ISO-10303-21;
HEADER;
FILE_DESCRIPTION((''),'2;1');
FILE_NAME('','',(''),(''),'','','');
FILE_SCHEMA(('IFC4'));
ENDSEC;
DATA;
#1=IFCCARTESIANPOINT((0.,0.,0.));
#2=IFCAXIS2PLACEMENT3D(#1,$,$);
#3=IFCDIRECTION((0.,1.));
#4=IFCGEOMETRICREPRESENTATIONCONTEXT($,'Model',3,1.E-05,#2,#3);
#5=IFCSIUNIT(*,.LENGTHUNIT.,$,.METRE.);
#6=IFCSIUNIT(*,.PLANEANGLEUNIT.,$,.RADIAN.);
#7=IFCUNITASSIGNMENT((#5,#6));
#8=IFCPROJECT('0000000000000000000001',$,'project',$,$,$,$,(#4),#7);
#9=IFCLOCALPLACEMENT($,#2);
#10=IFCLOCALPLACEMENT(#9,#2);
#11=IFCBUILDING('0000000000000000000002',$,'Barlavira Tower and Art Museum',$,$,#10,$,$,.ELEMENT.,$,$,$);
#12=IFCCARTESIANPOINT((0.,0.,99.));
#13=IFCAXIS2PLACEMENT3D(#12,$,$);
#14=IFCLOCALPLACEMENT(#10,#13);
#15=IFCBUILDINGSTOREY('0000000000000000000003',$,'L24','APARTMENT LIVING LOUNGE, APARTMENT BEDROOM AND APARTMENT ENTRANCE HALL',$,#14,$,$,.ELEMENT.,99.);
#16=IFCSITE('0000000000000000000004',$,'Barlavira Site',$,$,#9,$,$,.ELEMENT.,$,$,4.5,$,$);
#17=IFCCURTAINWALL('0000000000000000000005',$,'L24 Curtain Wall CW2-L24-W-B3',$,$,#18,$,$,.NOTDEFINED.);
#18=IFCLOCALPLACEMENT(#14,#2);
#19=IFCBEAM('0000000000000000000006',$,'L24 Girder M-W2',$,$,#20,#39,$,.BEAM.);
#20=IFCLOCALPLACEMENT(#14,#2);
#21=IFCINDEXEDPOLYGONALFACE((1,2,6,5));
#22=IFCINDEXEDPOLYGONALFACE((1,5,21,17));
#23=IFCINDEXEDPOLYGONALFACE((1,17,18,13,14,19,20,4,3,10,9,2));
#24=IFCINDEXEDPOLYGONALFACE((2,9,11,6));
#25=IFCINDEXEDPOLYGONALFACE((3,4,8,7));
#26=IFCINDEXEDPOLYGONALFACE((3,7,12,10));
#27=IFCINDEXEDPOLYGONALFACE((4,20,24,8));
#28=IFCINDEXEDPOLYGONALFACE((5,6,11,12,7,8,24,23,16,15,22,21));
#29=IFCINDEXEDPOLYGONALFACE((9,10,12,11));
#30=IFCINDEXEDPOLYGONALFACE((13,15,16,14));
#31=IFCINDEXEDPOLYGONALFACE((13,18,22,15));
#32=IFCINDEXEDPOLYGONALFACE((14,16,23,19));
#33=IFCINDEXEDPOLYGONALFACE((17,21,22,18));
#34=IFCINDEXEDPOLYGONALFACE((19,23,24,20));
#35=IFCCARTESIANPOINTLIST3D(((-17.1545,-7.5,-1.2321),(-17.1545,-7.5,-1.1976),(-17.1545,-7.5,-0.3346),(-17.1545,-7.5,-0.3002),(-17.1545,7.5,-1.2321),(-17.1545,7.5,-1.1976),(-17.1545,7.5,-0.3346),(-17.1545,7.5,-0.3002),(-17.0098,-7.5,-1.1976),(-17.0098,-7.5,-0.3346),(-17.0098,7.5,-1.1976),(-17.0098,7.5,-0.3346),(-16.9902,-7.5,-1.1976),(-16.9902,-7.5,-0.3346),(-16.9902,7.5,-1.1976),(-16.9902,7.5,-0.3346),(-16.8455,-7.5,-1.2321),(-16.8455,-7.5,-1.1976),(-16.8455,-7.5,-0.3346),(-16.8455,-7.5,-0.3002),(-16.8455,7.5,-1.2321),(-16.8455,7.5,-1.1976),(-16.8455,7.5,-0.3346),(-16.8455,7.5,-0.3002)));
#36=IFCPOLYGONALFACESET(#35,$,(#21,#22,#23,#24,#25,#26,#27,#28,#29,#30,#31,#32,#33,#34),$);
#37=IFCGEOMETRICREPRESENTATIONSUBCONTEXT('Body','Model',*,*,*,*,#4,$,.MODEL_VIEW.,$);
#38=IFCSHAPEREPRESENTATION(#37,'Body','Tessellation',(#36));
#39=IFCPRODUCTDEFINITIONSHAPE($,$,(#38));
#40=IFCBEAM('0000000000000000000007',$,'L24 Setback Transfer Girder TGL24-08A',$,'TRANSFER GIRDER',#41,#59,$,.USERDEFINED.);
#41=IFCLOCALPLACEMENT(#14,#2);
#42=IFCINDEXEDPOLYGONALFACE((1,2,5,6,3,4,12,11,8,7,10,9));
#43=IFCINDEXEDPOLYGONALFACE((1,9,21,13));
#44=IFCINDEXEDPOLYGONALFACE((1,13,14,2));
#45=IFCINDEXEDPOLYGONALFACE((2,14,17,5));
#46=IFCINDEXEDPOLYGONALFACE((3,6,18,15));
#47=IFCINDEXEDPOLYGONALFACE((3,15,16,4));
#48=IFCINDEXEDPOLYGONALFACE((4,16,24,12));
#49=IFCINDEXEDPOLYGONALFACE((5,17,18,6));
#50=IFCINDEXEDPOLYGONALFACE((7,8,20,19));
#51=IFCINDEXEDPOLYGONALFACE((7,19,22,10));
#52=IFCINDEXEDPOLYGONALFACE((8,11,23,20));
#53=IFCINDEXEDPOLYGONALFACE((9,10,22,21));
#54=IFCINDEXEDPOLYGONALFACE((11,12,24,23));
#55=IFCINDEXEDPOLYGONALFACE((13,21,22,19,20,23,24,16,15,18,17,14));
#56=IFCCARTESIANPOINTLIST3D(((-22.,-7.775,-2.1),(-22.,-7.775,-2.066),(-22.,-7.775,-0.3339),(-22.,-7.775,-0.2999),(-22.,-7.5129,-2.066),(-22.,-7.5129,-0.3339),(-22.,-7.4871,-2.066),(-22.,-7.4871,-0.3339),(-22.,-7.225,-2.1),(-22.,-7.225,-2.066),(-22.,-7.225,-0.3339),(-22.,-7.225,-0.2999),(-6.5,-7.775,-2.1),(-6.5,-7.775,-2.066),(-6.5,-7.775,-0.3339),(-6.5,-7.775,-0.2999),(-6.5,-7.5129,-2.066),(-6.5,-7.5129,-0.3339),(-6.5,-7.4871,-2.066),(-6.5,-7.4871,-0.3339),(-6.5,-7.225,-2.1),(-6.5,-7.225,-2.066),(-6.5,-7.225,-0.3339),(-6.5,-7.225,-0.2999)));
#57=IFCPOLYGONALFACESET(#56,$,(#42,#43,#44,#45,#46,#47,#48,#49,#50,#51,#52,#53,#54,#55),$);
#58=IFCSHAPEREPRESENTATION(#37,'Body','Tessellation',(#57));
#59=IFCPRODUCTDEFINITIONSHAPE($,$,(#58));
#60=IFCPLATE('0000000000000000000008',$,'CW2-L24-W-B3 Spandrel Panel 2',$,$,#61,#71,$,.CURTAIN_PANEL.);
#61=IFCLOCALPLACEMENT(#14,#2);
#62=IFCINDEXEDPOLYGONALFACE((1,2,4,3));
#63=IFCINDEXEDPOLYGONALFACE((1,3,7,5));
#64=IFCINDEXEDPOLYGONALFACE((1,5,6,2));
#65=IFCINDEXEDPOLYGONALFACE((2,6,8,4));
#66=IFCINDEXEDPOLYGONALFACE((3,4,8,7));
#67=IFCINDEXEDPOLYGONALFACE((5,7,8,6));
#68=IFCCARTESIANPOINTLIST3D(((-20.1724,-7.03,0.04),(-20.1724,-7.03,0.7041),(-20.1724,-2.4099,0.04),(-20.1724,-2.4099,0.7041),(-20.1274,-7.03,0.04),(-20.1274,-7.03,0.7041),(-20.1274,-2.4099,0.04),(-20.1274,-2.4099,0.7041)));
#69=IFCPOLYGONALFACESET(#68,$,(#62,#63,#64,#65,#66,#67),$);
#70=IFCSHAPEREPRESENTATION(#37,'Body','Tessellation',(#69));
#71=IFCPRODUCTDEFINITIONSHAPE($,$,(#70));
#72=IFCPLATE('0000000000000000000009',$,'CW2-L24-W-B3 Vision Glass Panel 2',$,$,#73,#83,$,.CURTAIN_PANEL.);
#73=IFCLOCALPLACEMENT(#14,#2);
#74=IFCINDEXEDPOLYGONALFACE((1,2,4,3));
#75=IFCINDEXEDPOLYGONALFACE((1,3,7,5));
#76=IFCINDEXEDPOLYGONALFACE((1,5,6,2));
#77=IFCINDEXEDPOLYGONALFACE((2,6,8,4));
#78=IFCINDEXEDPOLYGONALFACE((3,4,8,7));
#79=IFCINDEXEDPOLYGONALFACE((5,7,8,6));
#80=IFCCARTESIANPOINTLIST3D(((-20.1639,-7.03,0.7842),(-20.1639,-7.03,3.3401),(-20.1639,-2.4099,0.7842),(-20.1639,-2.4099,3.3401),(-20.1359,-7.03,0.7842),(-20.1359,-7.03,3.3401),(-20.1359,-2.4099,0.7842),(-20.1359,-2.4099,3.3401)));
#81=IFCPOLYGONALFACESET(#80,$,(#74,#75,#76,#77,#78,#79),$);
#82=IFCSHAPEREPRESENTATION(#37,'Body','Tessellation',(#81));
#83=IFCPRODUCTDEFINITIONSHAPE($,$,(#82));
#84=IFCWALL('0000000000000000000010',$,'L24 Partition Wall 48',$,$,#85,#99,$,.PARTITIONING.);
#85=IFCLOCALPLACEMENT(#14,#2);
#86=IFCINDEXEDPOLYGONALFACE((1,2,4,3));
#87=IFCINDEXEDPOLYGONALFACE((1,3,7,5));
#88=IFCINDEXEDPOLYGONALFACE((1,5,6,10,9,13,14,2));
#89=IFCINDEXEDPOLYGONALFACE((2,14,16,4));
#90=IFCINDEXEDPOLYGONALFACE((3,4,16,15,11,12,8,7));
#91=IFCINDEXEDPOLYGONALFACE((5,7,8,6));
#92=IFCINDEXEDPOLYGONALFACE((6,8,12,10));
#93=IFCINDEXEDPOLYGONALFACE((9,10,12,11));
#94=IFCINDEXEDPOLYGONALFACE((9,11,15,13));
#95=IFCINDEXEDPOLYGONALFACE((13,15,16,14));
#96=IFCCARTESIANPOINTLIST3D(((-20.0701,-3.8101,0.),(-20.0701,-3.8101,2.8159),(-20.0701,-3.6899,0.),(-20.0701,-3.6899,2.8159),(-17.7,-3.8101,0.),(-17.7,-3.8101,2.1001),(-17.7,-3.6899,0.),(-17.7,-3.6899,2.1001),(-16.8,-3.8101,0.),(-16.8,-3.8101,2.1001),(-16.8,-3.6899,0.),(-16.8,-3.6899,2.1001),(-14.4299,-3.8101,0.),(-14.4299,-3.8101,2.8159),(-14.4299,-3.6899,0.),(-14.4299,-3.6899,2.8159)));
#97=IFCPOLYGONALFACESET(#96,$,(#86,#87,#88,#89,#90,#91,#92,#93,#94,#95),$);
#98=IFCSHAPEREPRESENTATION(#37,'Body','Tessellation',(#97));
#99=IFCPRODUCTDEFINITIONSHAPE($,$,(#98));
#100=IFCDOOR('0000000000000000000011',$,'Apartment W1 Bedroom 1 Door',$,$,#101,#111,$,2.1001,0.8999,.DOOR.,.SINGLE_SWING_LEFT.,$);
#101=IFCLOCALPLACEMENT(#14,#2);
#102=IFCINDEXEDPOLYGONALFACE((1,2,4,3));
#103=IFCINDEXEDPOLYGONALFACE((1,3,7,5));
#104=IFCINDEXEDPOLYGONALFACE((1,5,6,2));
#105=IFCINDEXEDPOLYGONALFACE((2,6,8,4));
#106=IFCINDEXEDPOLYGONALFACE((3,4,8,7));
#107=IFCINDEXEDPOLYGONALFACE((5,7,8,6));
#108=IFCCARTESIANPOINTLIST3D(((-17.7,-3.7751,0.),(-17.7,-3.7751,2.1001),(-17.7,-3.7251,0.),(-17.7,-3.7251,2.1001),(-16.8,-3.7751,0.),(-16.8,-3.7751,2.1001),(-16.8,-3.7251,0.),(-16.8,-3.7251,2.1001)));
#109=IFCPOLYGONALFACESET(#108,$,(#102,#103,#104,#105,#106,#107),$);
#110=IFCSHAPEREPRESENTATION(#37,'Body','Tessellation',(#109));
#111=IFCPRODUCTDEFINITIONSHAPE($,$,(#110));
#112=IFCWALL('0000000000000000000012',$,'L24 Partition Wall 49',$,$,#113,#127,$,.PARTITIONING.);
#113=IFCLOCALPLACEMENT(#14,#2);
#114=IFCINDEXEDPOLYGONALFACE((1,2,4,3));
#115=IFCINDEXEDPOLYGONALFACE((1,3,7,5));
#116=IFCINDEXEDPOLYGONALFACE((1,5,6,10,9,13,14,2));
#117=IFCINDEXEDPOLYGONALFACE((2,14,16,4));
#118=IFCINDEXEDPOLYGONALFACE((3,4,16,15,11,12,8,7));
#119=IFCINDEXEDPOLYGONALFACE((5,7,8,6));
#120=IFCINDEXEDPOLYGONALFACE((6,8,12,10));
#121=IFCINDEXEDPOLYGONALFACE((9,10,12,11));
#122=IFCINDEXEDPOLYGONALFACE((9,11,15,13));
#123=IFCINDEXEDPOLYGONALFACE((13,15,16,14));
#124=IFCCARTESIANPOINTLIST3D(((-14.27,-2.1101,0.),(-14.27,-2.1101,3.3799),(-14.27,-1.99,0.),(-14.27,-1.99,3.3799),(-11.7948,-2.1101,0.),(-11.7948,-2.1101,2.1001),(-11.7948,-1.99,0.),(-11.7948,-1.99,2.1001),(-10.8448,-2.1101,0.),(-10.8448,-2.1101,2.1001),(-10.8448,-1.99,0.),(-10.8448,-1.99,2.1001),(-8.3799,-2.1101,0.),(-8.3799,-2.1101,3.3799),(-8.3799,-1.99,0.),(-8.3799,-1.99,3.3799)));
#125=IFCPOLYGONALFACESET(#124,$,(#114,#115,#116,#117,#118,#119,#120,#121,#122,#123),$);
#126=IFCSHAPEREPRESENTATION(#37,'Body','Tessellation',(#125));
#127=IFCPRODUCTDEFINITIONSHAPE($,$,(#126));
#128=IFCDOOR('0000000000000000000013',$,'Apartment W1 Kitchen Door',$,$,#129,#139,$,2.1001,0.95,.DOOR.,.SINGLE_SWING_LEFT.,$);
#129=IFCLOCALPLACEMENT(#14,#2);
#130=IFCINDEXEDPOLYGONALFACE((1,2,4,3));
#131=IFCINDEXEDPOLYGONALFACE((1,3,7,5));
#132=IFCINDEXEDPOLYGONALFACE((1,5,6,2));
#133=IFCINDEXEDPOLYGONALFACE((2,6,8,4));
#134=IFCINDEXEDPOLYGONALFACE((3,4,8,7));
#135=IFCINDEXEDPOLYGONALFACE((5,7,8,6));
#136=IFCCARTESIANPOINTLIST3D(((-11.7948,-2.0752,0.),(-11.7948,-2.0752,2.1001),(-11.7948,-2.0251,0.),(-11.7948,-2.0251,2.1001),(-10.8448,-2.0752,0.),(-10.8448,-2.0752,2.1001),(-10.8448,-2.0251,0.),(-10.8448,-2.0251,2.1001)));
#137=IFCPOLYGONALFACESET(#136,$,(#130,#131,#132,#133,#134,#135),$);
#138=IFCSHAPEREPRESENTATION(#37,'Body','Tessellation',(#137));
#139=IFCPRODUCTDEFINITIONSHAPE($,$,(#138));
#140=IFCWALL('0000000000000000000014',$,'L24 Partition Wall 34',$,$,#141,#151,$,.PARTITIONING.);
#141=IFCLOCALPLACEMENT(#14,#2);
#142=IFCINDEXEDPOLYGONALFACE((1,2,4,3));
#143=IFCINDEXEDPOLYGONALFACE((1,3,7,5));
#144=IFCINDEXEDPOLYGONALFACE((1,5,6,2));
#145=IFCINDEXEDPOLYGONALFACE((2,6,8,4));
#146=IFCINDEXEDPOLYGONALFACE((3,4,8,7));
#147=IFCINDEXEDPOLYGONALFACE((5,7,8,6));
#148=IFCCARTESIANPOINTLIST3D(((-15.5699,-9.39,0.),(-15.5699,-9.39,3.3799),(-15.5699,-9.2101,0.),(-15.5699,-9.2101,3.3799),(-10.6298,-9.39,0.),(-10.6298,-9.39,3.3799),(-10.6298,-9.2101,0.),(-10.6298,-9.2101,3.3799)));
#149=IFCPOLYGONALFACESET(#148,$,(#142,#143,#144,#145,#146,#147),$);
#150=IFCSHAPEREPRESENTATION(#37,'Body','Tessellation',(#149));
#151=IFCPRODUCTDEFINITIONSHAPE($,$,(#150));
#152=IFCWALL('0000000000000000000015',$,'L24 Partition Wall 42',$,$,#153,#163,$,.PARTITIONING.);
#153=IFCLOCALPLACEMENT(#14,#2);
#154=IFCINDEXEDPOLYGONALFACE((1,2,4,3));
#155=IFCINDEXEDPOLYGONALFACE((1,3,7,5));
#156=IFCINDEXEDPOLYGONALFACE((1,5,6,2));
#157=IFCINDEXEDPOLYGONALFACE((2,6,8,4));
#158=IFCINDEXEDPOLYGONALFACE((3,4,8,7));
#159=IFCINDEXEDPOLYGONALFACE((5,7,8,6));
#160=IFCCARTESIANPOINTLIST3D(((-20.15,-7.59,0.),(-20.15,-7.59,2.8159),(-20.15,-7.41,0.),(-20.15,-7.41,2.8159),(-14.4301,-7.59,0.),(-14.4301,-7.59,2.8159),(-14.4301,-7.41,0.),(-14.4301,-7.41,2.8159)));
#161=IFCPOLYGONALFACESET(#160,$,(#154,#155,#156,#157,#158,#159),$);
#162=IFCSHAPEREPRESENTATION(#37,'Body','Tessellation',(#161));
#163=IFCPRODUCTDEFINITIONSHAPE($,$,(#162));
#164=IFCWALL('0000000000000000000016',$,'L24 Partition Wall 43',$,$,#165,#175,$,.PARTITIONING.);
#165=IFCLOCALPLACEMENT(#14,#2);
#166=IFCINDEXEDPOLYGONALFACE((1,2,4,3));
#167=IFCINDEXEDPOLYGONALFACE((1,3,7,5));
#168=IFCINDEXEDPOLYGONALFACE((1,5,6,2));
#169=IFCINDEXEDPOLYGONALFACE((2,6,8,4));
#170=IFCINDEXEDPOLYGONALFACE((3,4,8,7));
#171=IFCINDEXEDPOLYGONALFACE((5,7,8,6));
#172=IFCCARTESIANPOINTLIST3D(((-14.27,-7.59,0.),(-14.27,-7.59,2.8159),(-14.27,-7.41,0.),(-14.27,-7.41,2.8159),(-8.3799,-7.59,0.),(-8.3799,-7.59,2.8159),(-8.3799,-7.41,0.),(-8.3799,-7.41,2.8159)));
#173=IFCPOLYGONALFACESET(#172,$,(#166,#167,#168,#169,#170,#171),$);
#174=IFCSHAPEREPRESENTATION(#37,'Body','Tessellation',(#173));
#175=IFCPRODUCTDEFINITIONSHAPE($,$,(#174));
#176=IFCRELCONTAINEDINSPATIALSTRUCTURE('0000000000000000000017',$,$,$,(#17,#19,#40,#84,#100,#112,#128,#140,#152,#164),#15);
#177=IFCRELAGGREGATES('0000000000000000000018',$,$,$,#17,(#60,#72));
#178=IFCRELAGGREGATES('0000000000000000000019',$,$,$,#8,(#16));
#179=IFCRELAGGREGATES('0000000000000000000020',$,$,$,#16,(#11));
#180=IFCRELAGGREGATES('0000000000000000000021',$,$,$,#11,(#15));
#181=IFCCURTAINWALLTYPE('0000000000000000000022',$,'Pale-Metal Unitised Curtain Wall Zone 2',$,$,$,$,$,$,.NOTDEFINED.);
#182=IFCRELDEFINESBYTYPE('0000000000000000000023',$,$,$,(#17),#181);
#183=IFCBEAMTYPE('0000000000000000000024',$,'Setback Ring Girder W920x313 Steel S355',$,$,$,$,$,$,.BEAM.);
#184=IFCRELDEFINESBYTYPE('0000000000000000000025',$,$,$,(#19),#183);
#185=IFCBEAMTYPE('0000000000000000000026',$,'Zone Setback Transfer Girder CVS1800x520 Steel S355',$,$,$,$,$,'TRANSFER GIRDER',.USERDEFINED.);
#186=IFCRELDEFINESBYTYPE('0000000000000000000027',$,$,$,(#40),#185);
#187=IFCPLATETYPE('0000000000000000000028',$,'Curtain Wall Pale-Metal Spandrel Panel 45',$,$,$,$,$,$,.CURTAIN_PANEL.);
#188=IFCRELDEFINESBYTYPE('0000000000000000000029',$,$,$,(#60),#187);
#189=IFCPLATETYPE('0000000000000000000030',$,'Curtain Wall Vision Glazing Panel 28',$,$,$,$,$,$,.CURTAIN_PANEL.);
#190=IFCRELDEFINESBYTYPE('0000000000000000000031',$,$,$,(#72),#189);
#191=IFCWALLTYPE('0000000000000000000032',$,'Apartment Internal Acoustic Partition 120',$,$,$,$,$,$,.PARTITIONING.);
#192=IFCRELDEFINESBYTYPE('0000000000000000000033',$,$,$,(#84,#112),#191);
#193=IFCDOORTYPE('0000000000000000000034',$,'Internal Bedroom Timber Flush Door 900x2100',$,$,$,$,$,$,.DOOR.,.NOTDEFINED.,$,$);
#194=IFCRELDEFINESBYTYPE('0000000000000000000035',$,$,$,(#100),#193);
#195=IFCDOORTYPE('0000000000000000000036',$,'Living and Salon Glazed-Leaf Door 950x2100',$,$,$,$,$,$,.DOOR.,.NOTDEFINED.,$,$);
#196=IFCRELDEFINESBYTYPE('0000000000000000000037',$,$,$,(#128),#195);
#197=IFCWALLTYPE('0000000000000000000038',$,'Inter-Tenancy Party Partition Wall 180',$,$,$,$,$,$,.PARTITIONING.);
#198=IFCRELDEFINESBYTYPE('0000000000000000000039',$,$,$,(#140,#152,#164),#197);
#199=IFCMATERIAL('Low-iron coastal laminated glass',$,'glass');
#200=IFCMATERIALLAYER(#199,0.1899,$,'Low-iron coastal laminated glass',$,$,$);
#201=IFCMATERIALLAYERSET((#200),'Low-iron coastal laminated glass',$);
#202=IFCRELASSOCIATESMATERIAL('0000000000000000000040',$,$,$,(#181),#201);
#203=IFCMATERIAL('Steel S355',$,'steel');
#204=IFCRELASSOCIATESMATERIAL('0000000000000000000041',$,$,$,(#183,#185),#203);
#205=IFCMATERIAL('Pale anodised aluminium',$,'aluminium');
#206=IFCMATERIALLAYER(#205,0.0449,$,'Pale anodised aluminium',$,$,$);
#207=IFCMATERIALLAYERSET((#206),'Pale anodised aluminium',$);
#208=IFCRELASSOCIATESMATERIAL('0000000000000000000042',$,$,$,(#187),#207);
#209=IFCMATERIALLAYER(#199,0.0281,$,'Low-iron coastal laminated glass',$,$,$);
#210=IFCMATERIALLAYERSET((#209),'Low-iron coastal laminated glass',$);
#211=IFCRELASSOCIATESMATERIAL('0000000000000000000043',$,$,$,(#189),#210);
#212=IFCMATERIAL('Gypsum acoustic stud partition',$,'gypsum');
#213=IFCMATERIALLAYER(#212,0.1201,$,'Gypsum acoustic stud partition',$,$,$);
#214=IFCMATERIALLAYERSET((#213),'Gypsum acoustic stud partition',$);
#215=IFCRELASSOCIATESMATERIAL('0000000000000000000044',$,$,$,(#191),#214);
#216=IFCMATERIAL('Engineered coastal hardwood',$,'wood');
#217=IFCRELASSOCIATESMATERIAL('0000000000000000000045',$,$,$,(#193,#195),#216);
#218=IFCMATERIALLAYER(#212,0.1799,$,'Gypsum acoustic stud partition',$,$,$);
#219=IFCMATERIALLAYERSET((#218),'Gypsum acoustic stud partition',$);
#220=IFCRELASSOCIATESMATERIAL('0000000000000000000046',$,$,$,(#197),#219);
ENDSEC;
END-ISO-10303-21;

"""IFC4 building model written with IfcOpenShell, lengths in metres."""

from ifc_helpers import new_model, si_unit, direction, frame, frame_2d, origin, origin_2d, place, context, subcontext, project, spatial, rectangle, i_section, extrude, material, layer, layer_set, material_profile, profile_set, type_object, element, fill, aggregate, save


model = new_model("IFC4")

# Units and contexts
model_context = context("Model", 3, precision=1e-05, world=origin(), true_north=direction((0.0, 1.0)))
body_context = subcontext(model_context, "Body", "Model", "MODEL_VIEW")
ifc_project = project(units=[si_unit("LENGTHUNIT", "METRE"), si_unit("PLANEANGLEUNIT", "RADIAN")], contexts=[model_context])

# Site, building, storey
site_placement = place(None, origin())
site = spatial("IfcSite", under=ifc_project, at=site_placement, Name="Barlavira Site", CompositionType="ELEMENT", RefElevation=4.5)
building_placement = place(site_placement, origin())
building = spatial("IfcBuilding", under=site, at=building_placement, Name="Barlavira Tower and Art Museum", CompositionType="ELEMENT")
storey_placement = place(building_placement, frame((0.0, 0.0, 99.0)))
storey = spatial("IfcBuildingStorey", under=building, at=storey_placement, Name="L24", Description="APARTMENT LIVING LOUNGE, APARTMENT BEDROOM AND APARTMENT ENTRANCE HALL", CompositionType="ELEMENT", Elevation=99.0)

# Curtain wall
ifc_material_1 = material(Name="Low-iron coastal laminated glass", Category="glass")
ifc_layer_1 = layer(ifc_material_1, 0.1899, Name="Low-iron coastal laminated glass")
ifc_layer_set_1 = layer_set([ifc_layer_1], Name="Low-iron coastal laminated glass")
curtain_wall_type = type_object("IfcCurtainWallType", Name="Pale-Metal Unitised Curtain Wall Zone 2", PredefinedType="NOTDEFINED", material=ifc_layer_set_1)
curtain_wall_placement = place(storey_placement, origin())
curtain_wall = element("IfcCurtainWall", 1, at=curtain_wall_placement, inside=storey, type_object=curtain_wall_type, Name="L24 Curtain Wall CW2-L24-W-B3", PredefinedType="NOTDEFINED")
ifc_material_2 = material(Name="Pale anodised aluminium", Category="aluminium")

# Beams
ifc_material_3 = material(Name="Steel S355", Category="steel")
ifc_material_profile_1 = material_profile(ifc_material_3, i_section(OverallWidth=0.3091, OverallDepth=0.9319, WebThickness=0.0195, FlangeThickness=0.0344, at=origin_2d()), Name="W920x313.0")
ifc_profile_set_1 = profile_set([ifc_material_profile_1], Name="Steel S355")
beam_type_1 = type_object("IfcBeamType", Name="Setback Ring Girder W920x313 Steel S355", PredefinedType="BEAM", material=ifc_profile_set_1)
beam_1_placement = place(storey_placement, frame((-17.0, -7.5, -0.7661), z_axis=(0.0, 1.0, 0.0), x_axis=(-1.0, 0.0, 0.0)))
element("IfcBeam", 2, at=beam_1_placement, inside=storey, type_object=beam_type_1, Name="L24 Girder M-W2", PredefinedType="BEAM", context=body_context, shape_type="SweptSolid", body=[
    extrude(i_section(OverallWidth=0.3091, OverallDepth=0.9319, WebThickness=0.0195, FlangeThickness=0.0344, at=origin_2d()), origin(), (0.0, 0.0, 1.0), 15.0),
])
ifc_material_profile_2 = material_profile(ifc_material_3, i_section(OverallWidth=0.55, OverallDepth=1.8, WebThickness=0.0259, FlangeThickness=0.0339, at=origin_2d()), Name="CVS1800x520")
ifc_profile_set_2 = profile_set([ifc_material_profile_2], Name="Steel S355")
beam_type_2 = type_object("IfcBeamType", Name="Zone Setback Transfer Girder CVS1800x520 Steel S355", ElementType="TRANSFER GIRDER", PredefinedType="USERDEFINED", material=ifc_profile_set_2)
beam_2_placement = place(storey_placement, frame((-22.0, -7.5, -1.2), z_axis=(1.0, 0.0, 0.0), x_axis=(0.0, 1.0, 0.0)))
element("IfcBeam", 3, at=beam_2_placement, inside=storey, type_object=beam_type_2, Name="L24 Setback Transfer Girder TGL24-08A", ObjectType="TRANSFER GIRDER", PredefinedType="USERDEFINED", context=body_context, shape_type="SweptSolid", body=[
    extrude(i_section(OverallWidth=0.55, OverallDepth=1.8, WebThickness=0.0259, FlangeThickness=0.0339, at=origin_2d()), origin(), (0.0, 0.0, 1.0), 15.5),
])

# Plates
ifc_layer_2 = layer(ifc_material_2, 0.0449, Name="Pale anodised aluminium")
ifc_layer_set_2 = layer_set([ifc_layer_2], Name="Pale anodised aluminium")
plate_type_1 = type_object("IfcPlateType", Name="Curtain Wall Pale-Metal Spandrel Panel 45", PredefinedType="CURTAIN_PANEL", material=ifc_layer_set_2)
plate_1_placement = place(storey_placement, frame((-20.1499, -4.72, 0.04), z_axis=(0.0, 0.0, 1.0), x_axis=(0.0, -1.0, 0.0)))
plate_1 = element("IfcPlate", 4, at=plate_1_placement, type_object=plate_type_1, Name="CW2-L24-W-B3 Spandrel Panel 2", PredefinedType="CURTAIN_PANEL", context=body_context, shape_type="SweptSolid", body=[
    extrude(rectangle(XDim=4.6201, YDim=0.0449, at=origin_2d()), origin(), (0.0, 0.0, 1.0), 0.6641),
])
ifc_layer_3 = layer(ifc_material_1, 0.0281, Name="Low-iron coastal laminated glass")
ifc_layer_set_3 = layer_set([ifc_layer_3], Name="Low-iron coastal laminated glass")
plate_type_2 = type_object("IfcPlateType", Name="Curtain Wall Vision Glazing Panel 28", PredefinedType="CURTAIN_PANEL", material=ifc_layer_set_3)
plate_2_placement = place(storey_placement, frame((-20.1499, -4.72, 0.7842), z_axis=(0.0, 0.0, 1.0), x_axis=(0.0, -1.0, 0.0)))
plate_2 = element("IfcPlate", 5, at=plate_2_placement, type_object=plate_type_2, Name="CW2-L24-W-B3 Vision Glass Panel 2", PredefinedType="CURTAIN_PANEL", context=body_context, shape_type="SweptSolid", body=[
    extrude(rectangle(XDim=4.6201, YDim=0.0281, at=origin_2d()), origin(), (0.0, 0.0, 1.0), 2.5559),
])
aggregate(curtain_wall, [plate_1, plate_2])

# Walls, openings, doors
ifc_material_4 = material(Name="Gypsum acoustic stud partition", Category="gypsum")
ifc_layer_4 = layer(ifc_material_4, 0.1201, Name="Gypsum acoustic stud partition")
ifc_layer_set_4 = layer_set([ifc_layer_4], Name="Gypsum acoustic stud partition")
wall_type_1 = type_object("IfcWallType", Name="Apartment Internal Acoustic Partition 120", PredefinedType="PARTITIONING", material=ifc_layer_set_4)
wall_1_placement = place(storey_placement, frame((-20.0701, -3.75, 0.0), z_axis=(0.0, 0.0, 1.0), x_axis=(1.0, 0.0, 0.0)))
wall_1 = element("IfcWall", 6, at=wall_1_placement, inside=storey, type_object=wall_type_1, Name="L24 Partition Wall 48", PredefinedType="PARTITIONING", context=body_context, shape_type="SweptSolid", body=[
    extrude(rectangle(XDim=5.6401, YDim=0.1201, at=frame_2d((2.8201, 0.0))), origin(), (0.0, 0.0, 1.0), 2.8159),
])
opening_1_placement = place(wall_1_placement, frame((2.3701, 0.0, 0.0)))
opening_1 = element("IfcOpeningElement", 7, at=opening_1_placement, cuts=wall_1, PredefinedType="OPENING", context=body_context, shape_type="SweptSolid", body=[
    extrude(rectangle(XDim=0.8999, YDim=2.1001, at=frame_2d((0.45, 1.05))), frame((0.0, 0.0701, 0.0), z_axis=(0.0, -1.0, 0.0), x_axis=(1.0, 0.0, 0.0)), (0.0, 0.0, 1.0), 0.1401),
])
ifc_material_5 = material(Name="Engineered coastal hardwood", Category="wood")
door_type_1 = type_object("IfcDoorType", Name="Internal Bedroom Timber Flush Door 900x2100", OperationType="NOTDEFINED", PredefinedType="DOOR", material=ifc_material_5)
door_1_placement = place(opening_1_placement, origin())
door_1 = element("IfcDoor", 8, at=door_1_placement, inside=storey, type_object=door_type_1, Name="Apartment W1 Bedroom 1 Door", OperationType="SINGLE_SWING_LEFT", OverallHeight=2.1001, OverallWidth=0.8999, PredefinedType="DOOR", context=body_context, shape_type="SweptSolid", body=[
    extrude(rectangle(XDim=0.8999, YDim=2.1001, at=frame_2d((0.45, 1.05))), frame((0.0, 0.0249, 0.0), z_axis=(0.0, -1.0, 0.0), x_axis=(1.0, 0.0, 0.0)), (0.0, 0.0, 1.0), 0.05),
])
fill(opening_1, door_1)
wall_2_placement = place(storey_placement, frame((-14.27, -2.05, 0.0), z_axis=(0.0, 0.0, 1.0), x_axis=(1.0, 0.0, 0.0)))
wall_2 = element("IfcWall", 9, at=wall_2_placement, inside=storey, type_object=wall_type_1, Name="L24 Partition Wall 49", PredefinedType="PARTITIONING", context=body_context, shape_type="SweptSolid", body=[
    extrude(rectangle(XDim=5.8901, YDim=0.1201, at=frame_2d((2.9451, 0.0))), origin(), (0.0, 0.0, 1.0), 3.3799),
])
opening_2_placement = place(wall_2_placement, frame((2.4751, 0.0, 0.0)))
opening_2 = element("IfcOpeningElement", 10, at=opening_2_placement, cuts=wall_2, PredefinedType="OPENING", context=body_context, shape_type="SweptSolid", body=[
    extrude(rectangle(XDim=0.95, YDim=2.1001, at=frame_2d((0.4751, 1.05))), frame((0.0, 0.0701, 0.0), z_axis=(0.0, -1.0, 0.0), x_axis=(1.0, 0.0, 0.0)), (0.0, 0.0, 1.0), 0.1401),
])
door_type_2 = type_object("IfcDoorType", Name="Living and Salon Glazed-Leaf Door 950x2100", OperationType="NOTDEFINED", PredefinedType="DOOR", material=ifc_material_5)
door_2_placement = place(opening_2_placement, origin())
door_2 = element("IfcDoor", 11, at=door_2_placement, inside=storey, type_object=door_type_2, Name="Apartment W1 Kitchen Door", OperationType="SINGLE_SWING_LEFT", OverallHeight=2.1001, OverallWidth=0.95, PredefinedType="DOOR", context=body_context, shape_type="SweptSolid", body=[
    extrude(rectangle(XDim=0.95, YDim=2.1001, at=frame_2d((0.4751, 1.05))), frame((0.0, 0.0249, 0.0), z_axis=(0.0, -1.0, 0.0), x_axis=(1.0, 0.0, 0.0)), (0.0, 0.0, 1.0), 0.05),
])
fill(opening_2, door_2)

# Walls
ifc_layer_5 = layer(ifc_material_4, 0.1799, Name="Gypsum acoustic stud partition")
ifc_layer_set_5 = layer_set([ifc_layer_5], Name="Gypsum acoustic stud partition")
wall_type_2 = type_object("IfcWallType", Name="Inter-Tenancy Party Partition Wall 180", PredefinedType="PARTITIONING", material=ifc_layer_set_5)
wall_3_placement = place(storey_placement, frame((-15.5701, -9.3, 0.0), z_axis=(0.0, 0.0, 1.0), x_axis=(1.0, 0.0, 0.0)))
element("IfcWall", 12, at=wall_3_placement, inside=storey, type_object=wall_type_2, Name="L24 Partition Wall 34", PredefinedType="PARTITIONING", context=body_context, shape_type="SweptSolid", body=[
    extrude(rectangle(XDim=4.9402, YDim=0.1799, at=frame_2d((2.4702, 0.0))), origin(), (0.0, 0.0, 1.0), 3.3799),
])
wall_4_placement = place(storey_placement, frame((-20.1499, -7.5, 0.0), z_axis=(0.0, 0.0, 1.0), x_axis=(1.0, 0.0, 0.0)))
element("IfcWall", 13, at=wall_4_placement, inside=storey, type_object=wall_type_2, Name="L24 Partition Wall 42", PredefinedType="PARTITIONING", context=body_context, shape_type="SweptSolid", body=[
    extrude(rectangle(XDim=5.72, YDim=0.1799, at=frame_2d((2.8599, 0.0))), origin(), (0.0, 0.0, 1.0), 2.8159),
])
wall_5_placement = place(storey_placement, frame((-14.27, -7.5, 0.0), z_axis=(0.0, 0.0, 1.0), x_axis=(1.0, 0.0, 0.0)))
element("IfcWall", 14, at=wall_5_placement, inside=storey, type_object=wall_type_2, Name="L24 Partition Wall 43", PredefinedType="PARTITIONING", context=body_context, shape_type="SweptSolid", body=[
    extrude(rectangle(XDim=5.8901, YDim=0.1799, at=frame_2d((2.9451, 0.0))), origin(), (0.0, 0.0, 1.0), 2.8159),
])

save(model, "model.ifc")
